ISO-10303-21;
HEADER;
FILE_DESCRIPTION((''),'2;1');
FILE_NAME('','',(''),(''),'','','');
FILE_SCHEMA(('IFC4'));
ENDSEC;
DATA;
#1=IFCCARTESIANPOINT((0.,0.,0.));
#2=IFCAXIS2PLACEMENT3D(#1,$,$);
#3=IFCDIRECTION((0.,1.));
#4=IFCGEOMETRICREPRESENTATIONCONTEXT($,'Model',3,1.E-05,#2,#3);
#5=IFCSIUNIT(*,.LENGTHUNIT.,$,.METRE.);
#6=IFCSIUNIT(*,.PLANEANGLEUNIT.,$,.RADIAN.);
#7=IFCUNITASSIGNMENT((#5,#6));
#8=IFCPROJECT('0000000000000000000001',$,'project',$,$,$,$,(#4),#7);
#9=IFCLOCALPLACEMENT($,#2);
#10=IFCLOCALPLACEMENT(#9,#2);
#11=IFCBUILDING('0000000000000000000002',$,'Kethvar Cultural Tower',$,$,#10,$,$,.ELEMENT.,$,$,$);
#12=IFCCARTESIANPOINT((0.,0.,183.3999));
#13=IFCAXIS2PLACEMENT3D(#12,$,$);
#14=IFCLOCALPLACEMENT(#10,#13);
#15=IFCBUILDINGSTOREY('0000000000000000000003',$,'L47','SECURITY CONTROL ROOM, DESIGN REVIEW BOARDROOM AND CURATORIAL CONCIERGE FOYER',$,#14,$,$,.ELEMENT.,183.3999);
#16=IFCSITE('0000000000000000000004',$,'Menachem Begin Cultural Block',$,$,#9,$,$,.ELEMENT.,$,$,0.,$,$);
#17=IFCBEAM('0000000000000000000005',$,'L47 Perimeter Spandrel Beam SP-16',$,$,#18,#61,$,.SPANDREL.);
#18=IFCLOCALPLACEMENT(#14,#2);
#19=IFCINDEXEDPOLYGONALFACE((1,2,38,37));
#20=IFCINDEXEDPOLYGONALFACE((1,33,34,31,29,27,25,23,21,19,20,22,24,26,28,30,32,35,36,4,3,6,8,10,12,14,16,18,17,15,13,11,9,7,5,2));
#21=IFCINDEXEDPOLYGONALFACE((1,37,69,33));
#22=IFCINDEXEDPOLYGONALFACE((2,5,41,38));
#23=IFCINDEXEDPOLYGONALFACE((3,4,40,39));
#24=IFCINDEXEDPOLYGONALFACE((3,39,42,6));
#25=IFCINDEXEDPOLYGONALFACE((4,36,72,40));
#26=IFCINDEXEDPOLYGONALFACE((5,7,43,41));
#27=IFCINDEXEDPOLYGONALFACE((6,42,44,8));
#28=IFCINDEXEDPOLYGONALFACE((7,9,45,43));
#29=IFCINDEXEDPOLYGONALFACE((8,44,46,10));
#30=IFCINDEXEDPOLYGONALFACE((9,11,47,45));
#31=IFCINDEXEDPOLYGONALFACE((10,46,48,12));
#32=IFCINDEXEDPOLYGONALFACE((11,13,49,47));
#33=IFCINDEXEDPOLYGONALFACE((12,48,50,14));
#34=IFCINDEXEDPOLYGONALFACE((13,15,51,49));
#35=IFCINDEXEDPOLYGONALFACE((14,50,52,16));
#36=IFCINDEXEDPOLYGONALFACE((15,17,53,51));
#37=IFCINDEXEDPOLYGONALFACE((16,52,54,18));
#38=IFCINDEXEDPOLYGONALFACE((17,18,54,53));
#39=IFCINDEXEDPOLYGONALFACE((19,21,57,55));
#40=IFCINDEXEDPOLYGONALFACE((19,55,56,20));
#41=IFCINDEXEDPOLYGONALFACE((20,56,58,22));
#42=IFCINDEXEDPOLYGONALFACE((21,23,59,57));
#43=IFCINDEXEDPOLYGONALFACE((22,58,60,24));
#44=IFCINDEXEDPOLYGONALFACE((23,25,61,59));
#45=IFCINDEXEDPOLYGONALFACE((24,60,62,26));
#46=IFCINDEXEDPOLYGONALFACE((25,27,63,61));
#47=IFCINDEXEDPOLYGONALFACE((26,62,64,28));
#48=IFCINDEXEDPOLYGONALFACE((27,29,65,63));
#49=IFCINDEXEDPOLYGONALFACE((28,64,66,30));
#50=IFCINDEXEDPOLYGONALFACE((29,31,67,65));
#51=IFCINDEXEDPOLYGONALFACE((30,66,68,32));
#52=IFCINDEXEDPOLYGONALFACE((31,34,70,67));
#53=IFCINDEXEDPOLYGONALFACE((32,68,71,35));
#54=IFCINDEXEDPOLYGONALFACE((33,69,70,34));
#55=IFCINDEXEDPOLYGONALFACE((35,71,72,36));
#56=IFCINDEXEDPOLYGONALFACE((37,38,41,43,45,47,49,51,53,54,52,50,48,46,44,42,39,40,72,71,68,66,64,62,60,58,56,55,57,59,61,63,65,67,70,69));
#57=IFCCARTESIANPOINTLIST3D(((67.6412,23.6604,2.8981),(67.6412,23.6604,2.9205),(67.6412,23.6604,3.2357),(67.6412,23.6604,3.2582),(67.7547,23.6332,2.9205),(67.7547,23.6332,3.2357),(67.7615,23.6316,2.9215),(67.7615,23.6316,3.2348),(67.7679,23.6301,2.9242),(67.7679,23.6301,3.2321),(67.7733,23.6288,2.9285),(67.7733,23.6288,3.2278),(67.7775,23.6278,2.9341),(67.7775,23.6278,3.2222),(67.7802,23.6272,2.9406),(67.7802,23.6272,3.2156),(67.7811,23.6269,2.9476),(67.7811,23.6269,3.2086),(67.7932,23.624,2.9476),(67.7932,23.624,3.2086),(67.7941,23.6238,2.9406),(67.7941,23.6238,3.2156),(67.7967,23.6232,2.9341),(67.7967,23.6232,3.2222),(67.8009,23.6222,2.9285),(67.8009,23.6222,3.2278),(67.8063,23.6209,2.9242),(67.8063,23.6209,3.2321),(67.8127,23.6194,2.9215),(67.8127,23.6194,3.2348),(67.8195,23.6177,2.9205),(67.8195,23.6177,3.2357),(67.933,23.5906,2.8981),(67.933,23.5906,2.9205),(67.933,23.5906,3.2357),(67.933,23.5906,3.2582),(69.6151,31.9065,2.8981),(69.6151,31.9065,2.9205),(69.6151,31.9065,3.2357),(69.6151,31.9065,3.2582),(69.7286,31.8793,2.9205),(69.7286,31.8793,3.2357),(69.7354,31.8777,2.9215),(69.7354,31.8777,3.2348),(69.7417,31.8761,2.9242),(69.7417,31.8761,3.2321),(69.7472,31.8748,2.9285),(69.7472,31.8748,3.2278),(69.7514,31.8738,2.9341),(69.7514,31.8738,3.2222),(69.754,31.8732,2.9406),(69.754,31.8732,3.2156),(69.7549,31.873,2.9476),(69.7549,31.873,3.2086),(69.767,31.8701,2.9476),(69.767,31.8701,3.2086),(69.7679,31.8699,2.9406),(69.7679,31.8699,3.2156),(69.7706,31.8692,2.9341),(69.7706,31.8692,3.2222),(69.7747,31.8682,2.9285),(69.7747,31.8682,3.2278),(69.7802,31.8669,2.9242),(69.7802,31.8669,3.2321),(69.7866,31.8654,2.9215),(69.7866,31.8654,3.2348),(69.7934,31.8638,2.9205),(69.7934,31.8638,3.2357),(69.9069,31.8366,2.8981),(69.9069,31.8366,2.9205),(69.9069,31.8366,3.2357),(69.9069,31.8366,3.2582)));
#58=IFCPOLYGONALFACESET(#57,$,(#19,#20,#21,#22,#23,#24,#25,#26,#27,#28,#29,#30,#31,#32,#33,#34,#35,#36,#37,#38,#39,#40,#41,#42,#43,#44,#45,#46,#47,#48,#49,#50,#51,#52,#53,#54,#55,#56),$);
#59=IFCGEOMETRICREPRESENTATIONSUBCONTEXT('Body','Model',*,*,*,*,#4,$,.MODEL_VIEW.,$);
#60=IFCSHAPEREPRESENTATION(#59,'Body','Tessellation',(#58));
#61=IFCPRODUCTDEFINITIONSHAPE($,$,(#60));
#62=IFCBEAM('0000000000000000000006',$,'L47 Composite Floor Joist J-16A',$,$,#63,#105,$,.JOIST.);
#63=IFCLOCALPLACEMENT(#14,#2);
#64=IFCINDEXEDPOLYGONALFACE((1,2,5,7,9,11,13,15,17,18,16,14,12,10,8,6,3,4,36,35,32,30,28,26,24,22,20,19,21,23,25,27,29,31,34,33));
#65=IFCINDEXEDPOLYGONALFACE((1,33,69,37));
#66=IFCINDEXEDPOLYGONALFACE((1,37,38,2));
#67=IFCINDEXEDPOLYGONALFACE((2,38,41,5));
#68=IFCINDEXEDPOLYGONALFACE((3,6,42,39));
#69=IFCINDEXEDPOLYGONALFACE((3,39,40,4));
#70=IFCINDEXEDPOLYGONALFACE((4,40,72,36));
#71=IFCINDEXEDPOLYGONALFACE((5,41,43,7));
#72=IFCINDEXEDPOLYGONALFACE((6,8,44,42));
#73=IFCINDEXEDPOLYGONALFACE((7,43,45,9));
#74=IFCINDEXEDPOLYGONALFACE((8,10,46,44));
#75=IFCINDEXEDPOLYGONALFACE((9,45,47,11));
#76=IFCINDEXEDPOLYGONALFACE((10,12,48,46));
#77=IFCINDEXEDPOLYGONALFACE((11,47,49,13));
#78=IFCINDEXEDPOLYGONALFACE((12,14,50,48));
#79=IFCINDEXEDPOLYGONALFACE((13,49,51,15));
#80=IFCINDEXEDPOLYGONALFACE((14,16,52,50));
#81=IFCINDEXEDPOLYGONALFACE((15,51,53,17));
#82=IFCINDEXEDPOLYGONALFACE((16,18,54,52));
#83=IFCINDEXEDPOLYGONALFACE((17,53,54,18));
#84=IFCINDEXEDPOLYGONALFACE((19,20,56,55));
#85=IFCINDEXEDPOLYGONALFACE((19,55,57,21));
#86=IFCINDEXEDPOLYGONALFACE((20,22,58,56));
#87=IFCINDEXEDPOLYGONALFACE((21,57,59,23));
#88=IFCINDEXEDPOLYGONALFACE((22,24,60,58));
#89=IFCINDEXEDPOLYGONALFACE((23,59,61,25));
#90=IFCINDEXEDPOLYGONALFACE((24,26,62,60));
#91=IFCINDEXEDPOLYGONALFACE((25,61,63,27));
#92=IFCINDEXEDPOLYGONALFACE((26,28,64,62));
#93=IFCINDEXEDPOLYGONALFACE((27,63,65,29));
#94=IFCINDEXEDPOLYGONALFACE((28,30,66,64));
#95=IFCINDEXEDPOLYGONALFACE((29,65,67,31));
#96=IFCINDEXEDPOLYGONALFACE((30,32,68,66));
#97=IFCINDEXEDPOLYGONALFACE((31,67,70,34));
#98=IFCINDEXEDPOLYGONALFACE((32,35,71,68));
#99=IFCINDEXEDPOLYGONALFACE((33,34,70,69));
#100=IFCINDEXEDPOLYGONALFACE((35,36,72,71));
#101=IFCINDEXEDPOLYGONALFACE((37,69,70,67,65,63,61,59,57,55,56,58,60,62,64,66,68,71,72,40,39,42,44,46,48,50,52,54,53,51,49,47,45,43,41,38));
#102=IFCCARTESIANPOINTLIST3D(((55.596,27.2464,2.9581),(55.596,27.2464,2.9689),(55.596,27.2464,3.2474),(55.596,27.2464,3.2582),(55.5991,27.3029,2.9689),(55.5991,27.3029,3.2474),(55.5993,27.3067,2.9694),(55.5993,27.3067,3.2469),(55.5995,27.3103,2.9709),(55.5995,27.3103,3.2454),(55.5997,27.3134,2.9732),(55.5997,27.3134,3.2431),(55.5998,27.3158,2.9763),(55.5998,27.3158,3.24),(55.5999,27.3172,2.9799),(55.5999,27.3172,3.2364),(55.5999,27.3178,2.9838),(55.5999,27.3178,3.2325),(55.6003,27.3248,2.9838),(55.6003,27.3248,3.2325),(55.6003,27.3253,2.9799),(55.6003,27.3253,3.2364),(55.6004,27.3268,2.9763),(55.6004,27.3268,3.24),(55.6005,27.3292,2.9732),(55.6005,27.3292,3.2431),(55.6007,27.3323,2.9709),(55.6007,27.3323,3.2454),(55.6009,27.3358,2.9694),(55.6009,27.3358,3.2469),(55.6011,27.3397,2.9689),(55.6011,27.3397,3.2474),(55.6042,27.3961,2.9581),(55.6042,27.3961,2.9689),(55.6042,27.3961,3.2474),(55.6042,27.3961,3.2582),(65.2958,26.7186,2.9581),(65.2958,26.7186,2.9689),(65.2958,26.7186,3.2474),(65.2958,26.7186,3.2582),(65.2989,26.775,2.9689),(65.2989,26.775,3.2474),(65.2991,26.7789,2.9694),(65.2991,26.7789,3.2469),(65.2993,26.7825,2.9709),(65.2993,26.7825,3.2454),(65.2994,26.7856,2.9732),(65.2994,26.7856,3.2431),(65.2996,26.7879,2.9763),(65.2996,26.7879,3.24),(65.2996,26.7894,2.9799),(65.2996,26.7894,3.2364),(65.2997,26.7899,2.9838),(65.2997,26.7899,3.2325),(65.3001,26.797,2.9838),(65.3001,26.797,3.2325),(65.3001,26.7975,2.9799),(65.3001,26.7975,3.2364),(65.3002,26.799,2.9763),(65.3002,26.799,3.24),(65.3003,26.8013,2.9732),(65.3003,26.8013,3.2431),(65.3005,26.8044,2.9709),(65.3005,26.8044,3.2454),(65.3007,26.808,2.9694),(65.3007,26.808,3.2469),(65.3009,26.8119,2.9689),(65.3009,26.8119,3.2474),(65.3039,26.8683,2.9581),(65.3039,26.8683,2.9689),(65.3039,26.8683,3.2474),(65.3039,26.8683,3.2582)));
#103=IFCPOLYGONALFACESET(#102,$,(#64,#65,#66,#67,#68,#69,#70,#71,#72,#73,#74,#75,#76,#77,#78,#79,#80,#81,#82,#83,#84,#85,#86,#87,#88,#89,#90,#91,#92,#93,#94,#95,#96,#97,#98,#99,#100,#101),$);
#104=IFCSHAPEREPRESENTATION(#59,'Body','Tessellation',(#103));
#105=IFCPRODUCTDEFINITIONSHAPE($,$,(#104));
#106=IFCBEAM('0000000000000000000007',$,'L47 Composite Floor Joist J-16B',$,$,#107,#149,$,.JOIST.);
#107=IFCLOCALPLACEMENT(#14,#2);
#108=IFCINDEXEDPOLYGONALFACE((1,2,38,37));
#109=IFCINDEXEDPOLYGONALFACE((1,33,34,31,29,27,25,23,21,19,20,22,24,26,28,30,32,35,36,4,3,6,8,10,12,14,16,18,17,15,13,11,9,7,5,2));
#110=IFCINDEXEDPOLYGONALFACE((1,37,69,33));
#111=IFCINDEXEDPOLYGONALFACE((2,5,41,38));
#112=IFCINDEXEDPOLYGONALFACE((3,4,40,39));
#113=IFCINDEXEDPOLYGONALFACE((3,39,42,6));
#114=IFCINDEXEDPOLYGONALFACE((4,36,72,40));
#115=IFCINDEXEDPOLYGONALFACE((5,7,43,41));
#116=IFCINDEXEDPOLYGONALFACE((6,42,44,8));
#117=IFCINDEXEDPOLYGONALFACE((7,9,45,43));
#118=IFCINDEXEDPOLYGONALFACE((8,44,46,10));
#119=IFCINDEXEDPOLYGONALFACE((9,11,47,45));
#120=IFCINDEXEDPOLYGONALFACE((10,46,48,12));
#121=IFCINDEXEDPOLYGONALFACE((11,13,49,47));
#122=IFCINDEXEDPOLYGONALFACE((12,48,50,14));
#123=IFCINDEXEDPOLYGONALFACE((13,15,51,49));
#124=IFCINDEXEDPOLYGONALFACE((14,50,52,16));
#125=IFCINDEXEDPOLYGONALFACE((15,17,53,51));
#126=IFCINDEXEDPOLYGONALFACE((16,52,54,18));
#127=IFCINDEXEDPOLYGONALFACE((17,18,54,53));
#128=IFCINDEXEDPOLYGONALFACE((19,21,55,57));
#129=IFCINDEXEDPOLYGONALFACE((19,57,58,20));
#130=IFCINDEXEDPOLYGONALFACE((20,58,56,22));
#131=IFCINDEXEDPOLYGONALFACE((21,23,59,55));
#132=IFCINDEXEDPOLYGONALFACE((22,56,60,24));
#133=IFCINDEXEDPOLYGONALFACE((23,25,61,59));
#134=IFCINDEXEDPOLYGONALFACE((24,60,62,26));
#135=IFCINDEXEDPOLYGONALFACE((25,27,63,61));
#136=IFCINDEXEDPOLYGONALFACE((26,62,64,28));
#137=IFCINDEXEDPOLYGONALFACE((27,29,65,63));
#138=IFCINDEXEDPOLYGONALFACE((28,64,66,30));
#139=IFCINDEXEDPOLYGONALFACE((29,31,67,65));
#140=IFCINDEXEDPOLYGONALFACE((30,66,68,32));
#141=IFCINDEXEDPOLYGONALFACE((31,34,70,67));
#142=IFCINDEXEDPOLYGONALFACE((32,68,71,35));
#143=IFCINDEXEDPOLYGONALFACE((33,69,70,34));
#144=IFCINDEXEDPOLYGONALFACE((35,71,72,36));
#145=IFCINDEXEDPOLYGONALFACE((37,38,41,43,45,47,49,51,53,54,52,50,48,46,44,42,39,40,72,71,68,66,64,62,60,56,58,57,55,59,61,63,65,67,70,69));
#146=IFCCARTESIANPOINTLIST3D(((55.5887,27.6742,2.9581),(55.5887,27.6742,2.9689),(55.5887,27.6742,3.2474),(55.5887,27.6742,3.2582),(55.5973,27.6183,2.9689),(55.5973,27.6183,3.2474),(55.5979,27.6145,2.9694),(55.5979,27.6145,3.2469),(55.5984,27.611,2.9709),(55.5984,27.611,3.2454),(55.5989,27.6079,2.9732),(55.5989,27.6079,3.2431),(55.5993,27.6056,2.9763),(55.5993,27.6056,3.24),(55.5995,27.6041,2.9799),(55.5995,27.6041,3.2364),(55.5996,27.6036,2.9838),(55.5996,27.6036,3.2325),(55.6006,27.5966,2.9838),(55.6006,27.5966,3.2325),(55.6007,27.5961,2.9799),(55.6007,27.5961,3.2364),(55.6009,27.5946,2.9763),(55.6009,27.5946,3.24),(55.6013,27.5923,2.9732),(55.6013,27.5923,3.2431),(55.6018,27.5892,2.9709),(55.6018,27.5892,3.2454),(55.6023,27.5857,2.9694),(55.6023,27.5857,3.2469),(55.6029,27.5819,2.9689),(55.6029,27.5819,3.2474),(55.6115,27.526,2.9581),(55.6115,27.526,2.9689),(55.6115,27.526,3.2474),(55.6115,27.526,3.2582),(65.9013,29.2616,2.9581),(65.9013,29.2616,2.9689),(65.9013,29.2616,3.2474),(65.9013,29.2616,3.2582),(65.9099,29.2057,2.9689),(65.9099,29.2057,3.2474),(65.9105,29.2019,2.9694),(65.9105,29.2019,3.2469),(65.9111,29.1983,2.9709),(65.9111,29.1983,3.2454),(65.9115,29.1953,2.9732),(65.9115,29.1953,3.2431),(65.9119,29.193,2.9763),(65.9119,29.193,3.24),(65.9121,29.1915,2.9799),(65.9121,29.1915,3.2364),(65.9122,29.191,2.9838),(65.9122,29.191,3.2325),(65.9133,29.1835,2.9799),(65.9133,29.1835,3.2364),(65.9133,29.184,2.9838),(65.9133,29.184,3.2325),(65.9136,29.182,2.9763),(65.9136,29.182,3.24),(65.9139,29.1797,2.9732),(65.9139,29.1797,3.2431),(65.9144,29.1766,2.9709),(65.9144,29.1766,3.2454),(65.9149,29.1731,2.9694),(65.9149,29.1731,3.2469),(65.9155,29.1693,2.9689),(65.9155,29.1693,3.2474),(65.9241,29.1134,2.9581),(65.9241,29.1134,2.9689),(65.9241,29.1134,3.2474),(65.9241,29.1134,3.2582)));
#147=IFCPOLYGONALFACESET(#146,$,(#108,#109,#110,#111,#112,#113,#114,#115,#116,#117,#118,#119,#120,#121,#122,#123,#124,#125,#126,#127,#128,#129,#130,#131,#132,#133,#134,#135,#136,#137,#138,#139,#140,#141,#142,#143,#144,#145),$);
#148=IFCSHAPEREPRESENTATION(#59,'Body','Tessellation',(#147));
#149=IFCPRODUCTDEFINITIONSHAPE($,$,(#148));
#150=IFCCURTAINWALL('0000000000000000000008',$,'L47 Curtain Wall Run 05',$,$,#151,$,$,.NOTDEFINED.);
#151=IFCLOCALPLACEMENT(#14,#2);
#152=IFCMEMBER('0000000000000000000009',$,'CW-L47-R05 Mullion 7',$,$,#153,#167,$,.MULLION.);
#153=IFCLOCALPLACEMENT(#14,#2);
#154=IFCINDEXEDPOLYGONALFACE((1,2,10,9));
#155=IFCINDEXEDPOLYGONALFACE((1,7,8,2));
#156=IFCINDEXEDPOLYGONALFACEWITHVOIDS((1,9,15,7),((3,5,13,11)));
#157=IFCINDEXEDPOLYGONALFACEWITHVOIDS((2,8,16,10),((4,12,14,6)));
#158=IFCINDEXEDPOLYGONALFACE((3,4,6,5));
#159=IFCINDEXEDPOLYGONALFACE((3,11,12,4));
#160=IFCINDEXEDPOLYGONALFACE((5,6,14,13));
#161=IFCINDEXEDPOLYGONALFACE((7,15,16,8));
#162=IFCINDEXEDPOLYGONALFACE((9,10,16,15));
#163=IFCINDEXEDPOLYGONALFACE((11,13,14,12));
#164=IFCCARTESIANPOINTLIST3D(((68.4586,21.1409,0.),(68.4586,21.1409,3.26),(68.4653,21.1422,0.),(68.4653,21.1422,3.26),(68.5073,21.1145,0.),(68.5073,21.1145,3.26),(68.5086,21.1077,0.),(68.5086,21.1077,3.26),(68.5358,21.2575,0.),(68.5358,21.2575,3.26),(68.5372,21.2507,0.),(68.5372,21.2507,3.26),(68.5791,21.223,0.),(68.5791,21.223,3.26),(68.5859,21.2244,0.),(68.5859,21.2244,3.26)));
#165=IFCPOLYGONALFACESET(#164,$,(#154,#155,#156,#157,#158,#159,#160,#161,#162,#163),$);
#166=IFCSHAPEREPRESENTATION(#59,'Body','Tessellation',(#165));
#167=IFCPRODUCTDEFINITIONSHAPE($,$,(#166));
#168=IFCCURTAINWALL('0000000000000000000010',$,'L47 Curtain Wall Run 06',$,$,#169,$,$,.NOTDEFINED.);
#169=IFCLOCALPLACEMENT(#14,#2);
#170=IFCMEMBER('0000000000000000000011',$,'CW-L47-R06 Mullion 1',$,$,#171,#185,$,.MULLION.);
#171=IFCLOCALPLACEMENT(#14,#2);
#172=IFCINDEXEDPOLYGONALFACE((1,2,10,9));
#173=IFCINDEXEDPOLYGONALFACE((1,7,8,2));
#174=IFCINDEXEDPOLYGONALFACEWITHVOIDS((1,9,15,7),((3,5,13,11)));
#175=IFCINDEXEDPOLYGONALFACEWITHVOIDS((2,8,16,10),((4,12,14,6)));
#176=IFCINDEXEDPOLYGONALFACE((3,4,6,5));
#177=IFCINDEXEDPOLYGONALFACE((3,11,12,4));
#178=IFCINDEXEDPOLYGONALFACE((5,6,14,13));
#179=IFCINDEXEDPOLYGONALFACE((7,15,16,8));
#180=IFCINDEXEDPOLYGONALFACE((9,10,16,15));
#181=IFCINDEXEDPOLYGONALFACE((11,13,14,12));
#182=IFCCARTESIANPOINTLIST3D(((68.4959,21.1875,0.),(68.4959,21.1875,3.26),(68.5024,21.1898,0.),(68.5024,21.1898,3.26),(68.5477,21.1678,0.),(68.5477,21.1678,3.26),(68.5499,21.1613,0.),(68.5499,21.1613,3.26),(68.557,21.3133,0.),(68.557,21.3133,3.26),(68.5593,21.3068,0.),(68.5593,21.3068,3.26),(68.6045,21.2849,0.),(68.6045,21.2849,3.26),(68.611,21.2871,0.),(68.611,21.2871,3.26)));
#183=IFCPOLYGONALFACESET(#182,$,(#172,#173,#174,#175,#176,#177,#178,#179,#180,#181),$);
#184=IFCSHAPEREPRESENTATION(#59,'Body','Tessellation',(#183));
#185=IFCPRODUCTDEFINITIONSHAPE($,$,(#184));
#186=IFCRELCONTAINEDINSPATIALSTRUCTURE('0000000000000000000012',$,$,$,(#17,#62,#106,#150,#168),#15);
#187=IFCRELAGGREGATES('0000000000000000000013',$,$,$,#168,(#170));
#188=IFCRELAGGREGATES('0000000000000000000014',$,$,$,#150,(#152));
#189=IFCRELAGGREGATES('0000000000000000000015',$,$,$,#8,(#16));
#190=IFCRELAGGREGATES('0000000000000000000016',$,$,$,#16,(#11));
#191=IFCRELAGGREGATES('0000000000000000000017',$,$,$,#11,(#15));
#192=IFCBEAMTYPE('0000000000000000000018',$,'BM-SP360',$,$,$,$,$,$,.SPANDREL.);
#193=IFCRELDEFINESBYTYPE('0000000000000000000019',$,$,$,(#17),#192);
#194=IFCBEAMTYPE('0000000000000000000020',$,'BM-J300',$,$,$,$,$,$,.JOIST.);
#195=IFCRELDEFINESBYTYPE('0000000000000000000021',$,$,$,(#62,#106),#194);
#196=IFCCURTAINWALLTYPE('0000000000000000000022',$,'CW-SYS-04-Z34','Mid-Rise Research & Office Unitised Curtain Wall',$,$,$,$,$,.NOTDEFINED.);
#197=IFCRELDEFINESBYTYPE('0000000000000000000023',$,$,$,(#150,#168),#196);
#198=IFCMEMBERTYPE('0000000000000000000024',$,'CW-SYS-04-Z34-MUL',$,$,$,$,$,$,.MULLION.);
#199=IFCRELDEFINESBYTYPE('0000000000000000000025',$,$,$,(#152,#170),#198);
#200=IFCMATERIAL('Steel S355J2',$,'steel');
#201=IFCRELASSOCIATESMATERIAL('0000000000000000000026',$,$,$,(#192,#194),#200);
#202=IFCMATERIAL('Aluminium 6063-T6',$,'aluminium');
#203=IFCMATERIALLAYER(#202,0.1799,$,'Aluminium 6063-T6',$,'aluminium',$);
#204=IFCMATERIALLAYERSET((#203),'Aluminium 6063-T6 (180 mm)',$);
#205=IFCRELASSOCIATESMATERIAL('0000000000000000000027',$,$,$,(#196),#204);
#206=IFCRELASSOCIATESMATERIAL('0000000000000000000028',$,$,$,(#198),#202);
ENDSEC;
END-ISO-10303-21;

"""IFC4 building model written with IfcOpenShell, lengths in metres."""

from ifc_helpers import new_model, si_unit, direction, frame, origin, origin_2d, place, context, subcontext, project, spatial, hollow_rectangle, i_section, extrude, source, transform, mapped, material, layer, layer_set, material_profile, profile_set, type_object, element, aggregate, save


model = new_model("IFC4")

# Units and contexts
model_context = context("Model", 3, precision=1e-05, world=origin(), true_north=direction((0.0, 1.0)))
body_context = subcontext(model_context, "Body", "Model", "MODEL_VIEW")
ifc_project = project(units=[si_unit("LENGTHUNIT", "METRE"), si_unit("PLANEANGLEUNIT", "RADIAN")], contexts=[model_context])

# Site, building, storey
site_placement = place(None, origin())
site = spatial("IfcSite", under=ifc_project, at=site_placement, Name="Menachem Begin Cultural Block", CompositionType="ELEMENT", RefElevation=0.0)
building_placement = place(site_placement, origin())
building = spatial("IfcBuilding", under=site, at=building_placement, Name="Kethvar Cultural Tower", CompositionType="ELEMENT")
storey_placement = place(building_placement, frame((0.0, 0.0, 183.3999)))
storey = spatial("IfcBuildingStorey", under=building, at=storey_placement, Name="L47", Description="SECURITY CONTROL ROOM, DESIGN REVIEW BOARDROOM AND CURATORIAL CONCIERGE FOYER", CompositionType="ELEMENT", Elevation=183.3999)

# Beams
ifc_material_1 = material(Name="Steel S355J2", Category="steel")
ifc_material_profile_1 = material_profile(ifc_material_1, i_section(OverallWidth=0.3, OverallDepth=0.3601, WebThickness=0.0125, FlangeThickness=0.0225, FilletRadius=0.0271, at=origin_2d()), Name="Steel S355J2 — HEB360")
ifc_profile_set_1 = profile_set([ifc_material_profile_1], Name="Steel S355J2 — HEB360")
beam_type_1 = type_object("IfcBeamType", Name="BM-SP360", PredefinedType="SPANDREL", material=ifc_profile_set_1)
shared_shape_1 = source(origin(), body_context, "Body", "SweptSolid", [
    extrude(i_section(OverallWidth=0.3, OverallDepth=0.3601, WebThickness=0.0125, FlangeThickness=0.0225, FilletRadius=0.0271, at=origin_2d()), origin(), (0.0, 0.0, 1.0), 8.479),
])
beam_1_placement = place(storey_placement, frame((67.7871, 23.6255, 3.0781), z_axis=(0.232795, 0.972526, 0.0), x_axis=(-0.972526, 0.232795, 0.0)))
element("IfcBeam", 1, at=beam_1_placement, inside=storey, type_object=beam_type_1, Name="L47 Perimeter Spandrel Beam SP-16", PredefinedType="SPANDREL", context=body_context, shape_type="MappedRepresentation", body=[
    mapped(shared_shape_1, transform((0.0, 0.0, 0.0), scale=1.0)),
])
ifc_material_profile_2 = material_profile(ifc_material_1, i_section(OverallWidth=0.1499, OverallDepth=0.3, WebThickness=0.0071, FlangeThickness=0.0107, FilletRadius=0.0149, at=origin_2d()), Name="Steel S355J2 — IPE300")
ifc_profile_set_2 = profile_set([ifc_material_profile_2], Name="Steel S355J2 — IPE300")
beam_type_2 = type_object("IfcBeamType", Name="BM-J300", PredefinedType="JOIST", material=ifc_profile_set_2)
shared_shape_2 = source(origin(), body_context, "Body", "SweptSolid", [
    extrude(i_section(OverallWidth=0.1499, OverallDepth=0.3, WebThickness=0.0071, FlangeThickness=0.0107, FilletRadius=0.0149, at=origin_2d()), origin(), (0.0, 0.0, 1.0), 9.7141),
])
beam_2_placement = place(storey_placement, frame((55.6001, 27.3213, 3.1082), z_axis=(0.998523, -0.054337, 0.0), x_axis=(0.054337, 0.998523, 0.0)))
element("IfcBeam", 2, at=beam_2_placement, inside=storey, type_object=beam_type_2, Name="L47 Composite Floor Joist J-16A", PredefinedType="JOIST", context=body_context, shape_type="MappedRepresentation", body=[
    mapped(shared_shape_2, transform((0.0, 0.0, 0.0), scale=1.0)),
])
shared_shape_3 = source(origin(), body_context, "Body", "SweptSolid", [
    extrude(i_section(OverallWidth=0.1499, OverallDepth=0.3, WebThickness=0.0071, FlangeThickness=0.0107, FilletRadius=0.0149, at=origin_2d()), origin(), (0.0, 0.0, 1.0), 10.4341),
])
beam_3_placement = place(storey_placement, frame((55.6001, 27.6001, 3.1082), z_axis=(0.98836, 0.152135, 0.0), x_axis=(-0.152135, 0.98836, 0.0)))
element("IfcBeam", 3, at=beam_3_placement, inside=storey, type_object=beam_type_2, Name="L47 Composite Floor Joist J-16B", PredefinedType="JOIST", context=body_context, shape_type="MappedRepresentation", body=[
    mapped(shared_shape_3, transform((0.0, 0.0, 0.0), scale=1.0)),
])

# Curtain wall, member
ifc_material_2 = material(Name="Aluminium 6063-T6", Category="aluminium")
ifc_layer_1 = layer(ifc_material_2, 0.1799, Name="Aluminium 6063-T6", Category="aluminium")
ifc_layer_set_1 = layer_set([ifc_layer_1], Name="Aluminium 6063-T6 (180 mm)")
curtain_wall_type = type_object("IfcCurtainWallType", Name="CW-SYS-04-Z34", Description="Mid-Rise Research & Office Unitised Curtain Wall", PredefinedType="NOTDEFINED", material=ifc_layer_set_1)
curtain_wall_1_placement = place(storey_placement, origin())
curtain_wall_1 = element("IfcCurtainWall", 4, at=curtain_wall_1_placement, inside=storey, type_object=curtain_wall_type, Name="L47 Curtain Wall Run 05", PredefinedType="NOTDEFINED")
ifc_material_profile_3 = material_profile(ifc_material_2, hollow_rectangle(XDim=0.0601, YDim=0.1399, WallThickness=0.0049, at=origin_2d()), Name="Aluminium 6063-T6 — RHS140x60x5")
ifc_profile_set_3 = profile_set([ifc_material_profile_3], Name="Aluminium 6063-T6 — RHS140x60x5")
member_type_1 = type_object("IfcMemberType", Name="CW-SYS-04-Z34-MUL", PredefinedType="MULLION", material=ifc_profile_set_3)
shared_shape_4 = source(origin(), body_context, "Body", "SweptSolid", [
    extrude(hollow_rectangle(XDim=0.0601, YDim=0.1399, WallThickness=0.0049, at=origin_2d()), origin(), (0.0, 0.0, 1.0), 3.26),
])
member_1_placement = place(storey_placement, frame((68.5222, 21.1826, 0.0), z_axis=(0.0, 0.0, 1.0), x_axis=(-0.833809, 0.552053, 0.0)))
member_1 = element("IfcMember", 5, at=member_1_placement, type_object=member_type_1, Name="CW-L47-R05 Mullion 7", PredefinedType="MULLION", context=body_context, shape_type="MappedRepresentation", body=[
    mapped(shared_shape_4, transform((0.0, 0.0, 0.0), scale=1.0)),
])

# Curtain wall, member
curtain_wall_2_placement = place(storey_placement, origin())
curtain_wall_2 = element("IfcCurtainWall", 6, at=curtain_wall_2_placement, inside=storey, type_object=curtain_wall_type, Name="L47 Curtain Wall Run 06", PredefinedType="NOTDEFINED")
member_2_placement = place(storey_placement, frame((68.5535, 21.2373, 0.0), z_axis=(0.0, 0.0, 1.0), x_axis=(-0.899588, 0.436739, 0.0)))
member_2 = element("IfcMember", 7, at=member_2_placement, type_object=member_type_1, Name="CW-L47-R06 Mullion 1", PredefinedType="MULLION", context=body_context, shape_type="MappedRepresentation", body=[
    mapped(shared_shape_4, transform((0.0, 0.0, 0.0), scale=1.0)),
])
aggregate(curtain_wall_2, [member_2])

aggregate(curtain_wall_1, [member_1])

save(model, "model.ifc")
